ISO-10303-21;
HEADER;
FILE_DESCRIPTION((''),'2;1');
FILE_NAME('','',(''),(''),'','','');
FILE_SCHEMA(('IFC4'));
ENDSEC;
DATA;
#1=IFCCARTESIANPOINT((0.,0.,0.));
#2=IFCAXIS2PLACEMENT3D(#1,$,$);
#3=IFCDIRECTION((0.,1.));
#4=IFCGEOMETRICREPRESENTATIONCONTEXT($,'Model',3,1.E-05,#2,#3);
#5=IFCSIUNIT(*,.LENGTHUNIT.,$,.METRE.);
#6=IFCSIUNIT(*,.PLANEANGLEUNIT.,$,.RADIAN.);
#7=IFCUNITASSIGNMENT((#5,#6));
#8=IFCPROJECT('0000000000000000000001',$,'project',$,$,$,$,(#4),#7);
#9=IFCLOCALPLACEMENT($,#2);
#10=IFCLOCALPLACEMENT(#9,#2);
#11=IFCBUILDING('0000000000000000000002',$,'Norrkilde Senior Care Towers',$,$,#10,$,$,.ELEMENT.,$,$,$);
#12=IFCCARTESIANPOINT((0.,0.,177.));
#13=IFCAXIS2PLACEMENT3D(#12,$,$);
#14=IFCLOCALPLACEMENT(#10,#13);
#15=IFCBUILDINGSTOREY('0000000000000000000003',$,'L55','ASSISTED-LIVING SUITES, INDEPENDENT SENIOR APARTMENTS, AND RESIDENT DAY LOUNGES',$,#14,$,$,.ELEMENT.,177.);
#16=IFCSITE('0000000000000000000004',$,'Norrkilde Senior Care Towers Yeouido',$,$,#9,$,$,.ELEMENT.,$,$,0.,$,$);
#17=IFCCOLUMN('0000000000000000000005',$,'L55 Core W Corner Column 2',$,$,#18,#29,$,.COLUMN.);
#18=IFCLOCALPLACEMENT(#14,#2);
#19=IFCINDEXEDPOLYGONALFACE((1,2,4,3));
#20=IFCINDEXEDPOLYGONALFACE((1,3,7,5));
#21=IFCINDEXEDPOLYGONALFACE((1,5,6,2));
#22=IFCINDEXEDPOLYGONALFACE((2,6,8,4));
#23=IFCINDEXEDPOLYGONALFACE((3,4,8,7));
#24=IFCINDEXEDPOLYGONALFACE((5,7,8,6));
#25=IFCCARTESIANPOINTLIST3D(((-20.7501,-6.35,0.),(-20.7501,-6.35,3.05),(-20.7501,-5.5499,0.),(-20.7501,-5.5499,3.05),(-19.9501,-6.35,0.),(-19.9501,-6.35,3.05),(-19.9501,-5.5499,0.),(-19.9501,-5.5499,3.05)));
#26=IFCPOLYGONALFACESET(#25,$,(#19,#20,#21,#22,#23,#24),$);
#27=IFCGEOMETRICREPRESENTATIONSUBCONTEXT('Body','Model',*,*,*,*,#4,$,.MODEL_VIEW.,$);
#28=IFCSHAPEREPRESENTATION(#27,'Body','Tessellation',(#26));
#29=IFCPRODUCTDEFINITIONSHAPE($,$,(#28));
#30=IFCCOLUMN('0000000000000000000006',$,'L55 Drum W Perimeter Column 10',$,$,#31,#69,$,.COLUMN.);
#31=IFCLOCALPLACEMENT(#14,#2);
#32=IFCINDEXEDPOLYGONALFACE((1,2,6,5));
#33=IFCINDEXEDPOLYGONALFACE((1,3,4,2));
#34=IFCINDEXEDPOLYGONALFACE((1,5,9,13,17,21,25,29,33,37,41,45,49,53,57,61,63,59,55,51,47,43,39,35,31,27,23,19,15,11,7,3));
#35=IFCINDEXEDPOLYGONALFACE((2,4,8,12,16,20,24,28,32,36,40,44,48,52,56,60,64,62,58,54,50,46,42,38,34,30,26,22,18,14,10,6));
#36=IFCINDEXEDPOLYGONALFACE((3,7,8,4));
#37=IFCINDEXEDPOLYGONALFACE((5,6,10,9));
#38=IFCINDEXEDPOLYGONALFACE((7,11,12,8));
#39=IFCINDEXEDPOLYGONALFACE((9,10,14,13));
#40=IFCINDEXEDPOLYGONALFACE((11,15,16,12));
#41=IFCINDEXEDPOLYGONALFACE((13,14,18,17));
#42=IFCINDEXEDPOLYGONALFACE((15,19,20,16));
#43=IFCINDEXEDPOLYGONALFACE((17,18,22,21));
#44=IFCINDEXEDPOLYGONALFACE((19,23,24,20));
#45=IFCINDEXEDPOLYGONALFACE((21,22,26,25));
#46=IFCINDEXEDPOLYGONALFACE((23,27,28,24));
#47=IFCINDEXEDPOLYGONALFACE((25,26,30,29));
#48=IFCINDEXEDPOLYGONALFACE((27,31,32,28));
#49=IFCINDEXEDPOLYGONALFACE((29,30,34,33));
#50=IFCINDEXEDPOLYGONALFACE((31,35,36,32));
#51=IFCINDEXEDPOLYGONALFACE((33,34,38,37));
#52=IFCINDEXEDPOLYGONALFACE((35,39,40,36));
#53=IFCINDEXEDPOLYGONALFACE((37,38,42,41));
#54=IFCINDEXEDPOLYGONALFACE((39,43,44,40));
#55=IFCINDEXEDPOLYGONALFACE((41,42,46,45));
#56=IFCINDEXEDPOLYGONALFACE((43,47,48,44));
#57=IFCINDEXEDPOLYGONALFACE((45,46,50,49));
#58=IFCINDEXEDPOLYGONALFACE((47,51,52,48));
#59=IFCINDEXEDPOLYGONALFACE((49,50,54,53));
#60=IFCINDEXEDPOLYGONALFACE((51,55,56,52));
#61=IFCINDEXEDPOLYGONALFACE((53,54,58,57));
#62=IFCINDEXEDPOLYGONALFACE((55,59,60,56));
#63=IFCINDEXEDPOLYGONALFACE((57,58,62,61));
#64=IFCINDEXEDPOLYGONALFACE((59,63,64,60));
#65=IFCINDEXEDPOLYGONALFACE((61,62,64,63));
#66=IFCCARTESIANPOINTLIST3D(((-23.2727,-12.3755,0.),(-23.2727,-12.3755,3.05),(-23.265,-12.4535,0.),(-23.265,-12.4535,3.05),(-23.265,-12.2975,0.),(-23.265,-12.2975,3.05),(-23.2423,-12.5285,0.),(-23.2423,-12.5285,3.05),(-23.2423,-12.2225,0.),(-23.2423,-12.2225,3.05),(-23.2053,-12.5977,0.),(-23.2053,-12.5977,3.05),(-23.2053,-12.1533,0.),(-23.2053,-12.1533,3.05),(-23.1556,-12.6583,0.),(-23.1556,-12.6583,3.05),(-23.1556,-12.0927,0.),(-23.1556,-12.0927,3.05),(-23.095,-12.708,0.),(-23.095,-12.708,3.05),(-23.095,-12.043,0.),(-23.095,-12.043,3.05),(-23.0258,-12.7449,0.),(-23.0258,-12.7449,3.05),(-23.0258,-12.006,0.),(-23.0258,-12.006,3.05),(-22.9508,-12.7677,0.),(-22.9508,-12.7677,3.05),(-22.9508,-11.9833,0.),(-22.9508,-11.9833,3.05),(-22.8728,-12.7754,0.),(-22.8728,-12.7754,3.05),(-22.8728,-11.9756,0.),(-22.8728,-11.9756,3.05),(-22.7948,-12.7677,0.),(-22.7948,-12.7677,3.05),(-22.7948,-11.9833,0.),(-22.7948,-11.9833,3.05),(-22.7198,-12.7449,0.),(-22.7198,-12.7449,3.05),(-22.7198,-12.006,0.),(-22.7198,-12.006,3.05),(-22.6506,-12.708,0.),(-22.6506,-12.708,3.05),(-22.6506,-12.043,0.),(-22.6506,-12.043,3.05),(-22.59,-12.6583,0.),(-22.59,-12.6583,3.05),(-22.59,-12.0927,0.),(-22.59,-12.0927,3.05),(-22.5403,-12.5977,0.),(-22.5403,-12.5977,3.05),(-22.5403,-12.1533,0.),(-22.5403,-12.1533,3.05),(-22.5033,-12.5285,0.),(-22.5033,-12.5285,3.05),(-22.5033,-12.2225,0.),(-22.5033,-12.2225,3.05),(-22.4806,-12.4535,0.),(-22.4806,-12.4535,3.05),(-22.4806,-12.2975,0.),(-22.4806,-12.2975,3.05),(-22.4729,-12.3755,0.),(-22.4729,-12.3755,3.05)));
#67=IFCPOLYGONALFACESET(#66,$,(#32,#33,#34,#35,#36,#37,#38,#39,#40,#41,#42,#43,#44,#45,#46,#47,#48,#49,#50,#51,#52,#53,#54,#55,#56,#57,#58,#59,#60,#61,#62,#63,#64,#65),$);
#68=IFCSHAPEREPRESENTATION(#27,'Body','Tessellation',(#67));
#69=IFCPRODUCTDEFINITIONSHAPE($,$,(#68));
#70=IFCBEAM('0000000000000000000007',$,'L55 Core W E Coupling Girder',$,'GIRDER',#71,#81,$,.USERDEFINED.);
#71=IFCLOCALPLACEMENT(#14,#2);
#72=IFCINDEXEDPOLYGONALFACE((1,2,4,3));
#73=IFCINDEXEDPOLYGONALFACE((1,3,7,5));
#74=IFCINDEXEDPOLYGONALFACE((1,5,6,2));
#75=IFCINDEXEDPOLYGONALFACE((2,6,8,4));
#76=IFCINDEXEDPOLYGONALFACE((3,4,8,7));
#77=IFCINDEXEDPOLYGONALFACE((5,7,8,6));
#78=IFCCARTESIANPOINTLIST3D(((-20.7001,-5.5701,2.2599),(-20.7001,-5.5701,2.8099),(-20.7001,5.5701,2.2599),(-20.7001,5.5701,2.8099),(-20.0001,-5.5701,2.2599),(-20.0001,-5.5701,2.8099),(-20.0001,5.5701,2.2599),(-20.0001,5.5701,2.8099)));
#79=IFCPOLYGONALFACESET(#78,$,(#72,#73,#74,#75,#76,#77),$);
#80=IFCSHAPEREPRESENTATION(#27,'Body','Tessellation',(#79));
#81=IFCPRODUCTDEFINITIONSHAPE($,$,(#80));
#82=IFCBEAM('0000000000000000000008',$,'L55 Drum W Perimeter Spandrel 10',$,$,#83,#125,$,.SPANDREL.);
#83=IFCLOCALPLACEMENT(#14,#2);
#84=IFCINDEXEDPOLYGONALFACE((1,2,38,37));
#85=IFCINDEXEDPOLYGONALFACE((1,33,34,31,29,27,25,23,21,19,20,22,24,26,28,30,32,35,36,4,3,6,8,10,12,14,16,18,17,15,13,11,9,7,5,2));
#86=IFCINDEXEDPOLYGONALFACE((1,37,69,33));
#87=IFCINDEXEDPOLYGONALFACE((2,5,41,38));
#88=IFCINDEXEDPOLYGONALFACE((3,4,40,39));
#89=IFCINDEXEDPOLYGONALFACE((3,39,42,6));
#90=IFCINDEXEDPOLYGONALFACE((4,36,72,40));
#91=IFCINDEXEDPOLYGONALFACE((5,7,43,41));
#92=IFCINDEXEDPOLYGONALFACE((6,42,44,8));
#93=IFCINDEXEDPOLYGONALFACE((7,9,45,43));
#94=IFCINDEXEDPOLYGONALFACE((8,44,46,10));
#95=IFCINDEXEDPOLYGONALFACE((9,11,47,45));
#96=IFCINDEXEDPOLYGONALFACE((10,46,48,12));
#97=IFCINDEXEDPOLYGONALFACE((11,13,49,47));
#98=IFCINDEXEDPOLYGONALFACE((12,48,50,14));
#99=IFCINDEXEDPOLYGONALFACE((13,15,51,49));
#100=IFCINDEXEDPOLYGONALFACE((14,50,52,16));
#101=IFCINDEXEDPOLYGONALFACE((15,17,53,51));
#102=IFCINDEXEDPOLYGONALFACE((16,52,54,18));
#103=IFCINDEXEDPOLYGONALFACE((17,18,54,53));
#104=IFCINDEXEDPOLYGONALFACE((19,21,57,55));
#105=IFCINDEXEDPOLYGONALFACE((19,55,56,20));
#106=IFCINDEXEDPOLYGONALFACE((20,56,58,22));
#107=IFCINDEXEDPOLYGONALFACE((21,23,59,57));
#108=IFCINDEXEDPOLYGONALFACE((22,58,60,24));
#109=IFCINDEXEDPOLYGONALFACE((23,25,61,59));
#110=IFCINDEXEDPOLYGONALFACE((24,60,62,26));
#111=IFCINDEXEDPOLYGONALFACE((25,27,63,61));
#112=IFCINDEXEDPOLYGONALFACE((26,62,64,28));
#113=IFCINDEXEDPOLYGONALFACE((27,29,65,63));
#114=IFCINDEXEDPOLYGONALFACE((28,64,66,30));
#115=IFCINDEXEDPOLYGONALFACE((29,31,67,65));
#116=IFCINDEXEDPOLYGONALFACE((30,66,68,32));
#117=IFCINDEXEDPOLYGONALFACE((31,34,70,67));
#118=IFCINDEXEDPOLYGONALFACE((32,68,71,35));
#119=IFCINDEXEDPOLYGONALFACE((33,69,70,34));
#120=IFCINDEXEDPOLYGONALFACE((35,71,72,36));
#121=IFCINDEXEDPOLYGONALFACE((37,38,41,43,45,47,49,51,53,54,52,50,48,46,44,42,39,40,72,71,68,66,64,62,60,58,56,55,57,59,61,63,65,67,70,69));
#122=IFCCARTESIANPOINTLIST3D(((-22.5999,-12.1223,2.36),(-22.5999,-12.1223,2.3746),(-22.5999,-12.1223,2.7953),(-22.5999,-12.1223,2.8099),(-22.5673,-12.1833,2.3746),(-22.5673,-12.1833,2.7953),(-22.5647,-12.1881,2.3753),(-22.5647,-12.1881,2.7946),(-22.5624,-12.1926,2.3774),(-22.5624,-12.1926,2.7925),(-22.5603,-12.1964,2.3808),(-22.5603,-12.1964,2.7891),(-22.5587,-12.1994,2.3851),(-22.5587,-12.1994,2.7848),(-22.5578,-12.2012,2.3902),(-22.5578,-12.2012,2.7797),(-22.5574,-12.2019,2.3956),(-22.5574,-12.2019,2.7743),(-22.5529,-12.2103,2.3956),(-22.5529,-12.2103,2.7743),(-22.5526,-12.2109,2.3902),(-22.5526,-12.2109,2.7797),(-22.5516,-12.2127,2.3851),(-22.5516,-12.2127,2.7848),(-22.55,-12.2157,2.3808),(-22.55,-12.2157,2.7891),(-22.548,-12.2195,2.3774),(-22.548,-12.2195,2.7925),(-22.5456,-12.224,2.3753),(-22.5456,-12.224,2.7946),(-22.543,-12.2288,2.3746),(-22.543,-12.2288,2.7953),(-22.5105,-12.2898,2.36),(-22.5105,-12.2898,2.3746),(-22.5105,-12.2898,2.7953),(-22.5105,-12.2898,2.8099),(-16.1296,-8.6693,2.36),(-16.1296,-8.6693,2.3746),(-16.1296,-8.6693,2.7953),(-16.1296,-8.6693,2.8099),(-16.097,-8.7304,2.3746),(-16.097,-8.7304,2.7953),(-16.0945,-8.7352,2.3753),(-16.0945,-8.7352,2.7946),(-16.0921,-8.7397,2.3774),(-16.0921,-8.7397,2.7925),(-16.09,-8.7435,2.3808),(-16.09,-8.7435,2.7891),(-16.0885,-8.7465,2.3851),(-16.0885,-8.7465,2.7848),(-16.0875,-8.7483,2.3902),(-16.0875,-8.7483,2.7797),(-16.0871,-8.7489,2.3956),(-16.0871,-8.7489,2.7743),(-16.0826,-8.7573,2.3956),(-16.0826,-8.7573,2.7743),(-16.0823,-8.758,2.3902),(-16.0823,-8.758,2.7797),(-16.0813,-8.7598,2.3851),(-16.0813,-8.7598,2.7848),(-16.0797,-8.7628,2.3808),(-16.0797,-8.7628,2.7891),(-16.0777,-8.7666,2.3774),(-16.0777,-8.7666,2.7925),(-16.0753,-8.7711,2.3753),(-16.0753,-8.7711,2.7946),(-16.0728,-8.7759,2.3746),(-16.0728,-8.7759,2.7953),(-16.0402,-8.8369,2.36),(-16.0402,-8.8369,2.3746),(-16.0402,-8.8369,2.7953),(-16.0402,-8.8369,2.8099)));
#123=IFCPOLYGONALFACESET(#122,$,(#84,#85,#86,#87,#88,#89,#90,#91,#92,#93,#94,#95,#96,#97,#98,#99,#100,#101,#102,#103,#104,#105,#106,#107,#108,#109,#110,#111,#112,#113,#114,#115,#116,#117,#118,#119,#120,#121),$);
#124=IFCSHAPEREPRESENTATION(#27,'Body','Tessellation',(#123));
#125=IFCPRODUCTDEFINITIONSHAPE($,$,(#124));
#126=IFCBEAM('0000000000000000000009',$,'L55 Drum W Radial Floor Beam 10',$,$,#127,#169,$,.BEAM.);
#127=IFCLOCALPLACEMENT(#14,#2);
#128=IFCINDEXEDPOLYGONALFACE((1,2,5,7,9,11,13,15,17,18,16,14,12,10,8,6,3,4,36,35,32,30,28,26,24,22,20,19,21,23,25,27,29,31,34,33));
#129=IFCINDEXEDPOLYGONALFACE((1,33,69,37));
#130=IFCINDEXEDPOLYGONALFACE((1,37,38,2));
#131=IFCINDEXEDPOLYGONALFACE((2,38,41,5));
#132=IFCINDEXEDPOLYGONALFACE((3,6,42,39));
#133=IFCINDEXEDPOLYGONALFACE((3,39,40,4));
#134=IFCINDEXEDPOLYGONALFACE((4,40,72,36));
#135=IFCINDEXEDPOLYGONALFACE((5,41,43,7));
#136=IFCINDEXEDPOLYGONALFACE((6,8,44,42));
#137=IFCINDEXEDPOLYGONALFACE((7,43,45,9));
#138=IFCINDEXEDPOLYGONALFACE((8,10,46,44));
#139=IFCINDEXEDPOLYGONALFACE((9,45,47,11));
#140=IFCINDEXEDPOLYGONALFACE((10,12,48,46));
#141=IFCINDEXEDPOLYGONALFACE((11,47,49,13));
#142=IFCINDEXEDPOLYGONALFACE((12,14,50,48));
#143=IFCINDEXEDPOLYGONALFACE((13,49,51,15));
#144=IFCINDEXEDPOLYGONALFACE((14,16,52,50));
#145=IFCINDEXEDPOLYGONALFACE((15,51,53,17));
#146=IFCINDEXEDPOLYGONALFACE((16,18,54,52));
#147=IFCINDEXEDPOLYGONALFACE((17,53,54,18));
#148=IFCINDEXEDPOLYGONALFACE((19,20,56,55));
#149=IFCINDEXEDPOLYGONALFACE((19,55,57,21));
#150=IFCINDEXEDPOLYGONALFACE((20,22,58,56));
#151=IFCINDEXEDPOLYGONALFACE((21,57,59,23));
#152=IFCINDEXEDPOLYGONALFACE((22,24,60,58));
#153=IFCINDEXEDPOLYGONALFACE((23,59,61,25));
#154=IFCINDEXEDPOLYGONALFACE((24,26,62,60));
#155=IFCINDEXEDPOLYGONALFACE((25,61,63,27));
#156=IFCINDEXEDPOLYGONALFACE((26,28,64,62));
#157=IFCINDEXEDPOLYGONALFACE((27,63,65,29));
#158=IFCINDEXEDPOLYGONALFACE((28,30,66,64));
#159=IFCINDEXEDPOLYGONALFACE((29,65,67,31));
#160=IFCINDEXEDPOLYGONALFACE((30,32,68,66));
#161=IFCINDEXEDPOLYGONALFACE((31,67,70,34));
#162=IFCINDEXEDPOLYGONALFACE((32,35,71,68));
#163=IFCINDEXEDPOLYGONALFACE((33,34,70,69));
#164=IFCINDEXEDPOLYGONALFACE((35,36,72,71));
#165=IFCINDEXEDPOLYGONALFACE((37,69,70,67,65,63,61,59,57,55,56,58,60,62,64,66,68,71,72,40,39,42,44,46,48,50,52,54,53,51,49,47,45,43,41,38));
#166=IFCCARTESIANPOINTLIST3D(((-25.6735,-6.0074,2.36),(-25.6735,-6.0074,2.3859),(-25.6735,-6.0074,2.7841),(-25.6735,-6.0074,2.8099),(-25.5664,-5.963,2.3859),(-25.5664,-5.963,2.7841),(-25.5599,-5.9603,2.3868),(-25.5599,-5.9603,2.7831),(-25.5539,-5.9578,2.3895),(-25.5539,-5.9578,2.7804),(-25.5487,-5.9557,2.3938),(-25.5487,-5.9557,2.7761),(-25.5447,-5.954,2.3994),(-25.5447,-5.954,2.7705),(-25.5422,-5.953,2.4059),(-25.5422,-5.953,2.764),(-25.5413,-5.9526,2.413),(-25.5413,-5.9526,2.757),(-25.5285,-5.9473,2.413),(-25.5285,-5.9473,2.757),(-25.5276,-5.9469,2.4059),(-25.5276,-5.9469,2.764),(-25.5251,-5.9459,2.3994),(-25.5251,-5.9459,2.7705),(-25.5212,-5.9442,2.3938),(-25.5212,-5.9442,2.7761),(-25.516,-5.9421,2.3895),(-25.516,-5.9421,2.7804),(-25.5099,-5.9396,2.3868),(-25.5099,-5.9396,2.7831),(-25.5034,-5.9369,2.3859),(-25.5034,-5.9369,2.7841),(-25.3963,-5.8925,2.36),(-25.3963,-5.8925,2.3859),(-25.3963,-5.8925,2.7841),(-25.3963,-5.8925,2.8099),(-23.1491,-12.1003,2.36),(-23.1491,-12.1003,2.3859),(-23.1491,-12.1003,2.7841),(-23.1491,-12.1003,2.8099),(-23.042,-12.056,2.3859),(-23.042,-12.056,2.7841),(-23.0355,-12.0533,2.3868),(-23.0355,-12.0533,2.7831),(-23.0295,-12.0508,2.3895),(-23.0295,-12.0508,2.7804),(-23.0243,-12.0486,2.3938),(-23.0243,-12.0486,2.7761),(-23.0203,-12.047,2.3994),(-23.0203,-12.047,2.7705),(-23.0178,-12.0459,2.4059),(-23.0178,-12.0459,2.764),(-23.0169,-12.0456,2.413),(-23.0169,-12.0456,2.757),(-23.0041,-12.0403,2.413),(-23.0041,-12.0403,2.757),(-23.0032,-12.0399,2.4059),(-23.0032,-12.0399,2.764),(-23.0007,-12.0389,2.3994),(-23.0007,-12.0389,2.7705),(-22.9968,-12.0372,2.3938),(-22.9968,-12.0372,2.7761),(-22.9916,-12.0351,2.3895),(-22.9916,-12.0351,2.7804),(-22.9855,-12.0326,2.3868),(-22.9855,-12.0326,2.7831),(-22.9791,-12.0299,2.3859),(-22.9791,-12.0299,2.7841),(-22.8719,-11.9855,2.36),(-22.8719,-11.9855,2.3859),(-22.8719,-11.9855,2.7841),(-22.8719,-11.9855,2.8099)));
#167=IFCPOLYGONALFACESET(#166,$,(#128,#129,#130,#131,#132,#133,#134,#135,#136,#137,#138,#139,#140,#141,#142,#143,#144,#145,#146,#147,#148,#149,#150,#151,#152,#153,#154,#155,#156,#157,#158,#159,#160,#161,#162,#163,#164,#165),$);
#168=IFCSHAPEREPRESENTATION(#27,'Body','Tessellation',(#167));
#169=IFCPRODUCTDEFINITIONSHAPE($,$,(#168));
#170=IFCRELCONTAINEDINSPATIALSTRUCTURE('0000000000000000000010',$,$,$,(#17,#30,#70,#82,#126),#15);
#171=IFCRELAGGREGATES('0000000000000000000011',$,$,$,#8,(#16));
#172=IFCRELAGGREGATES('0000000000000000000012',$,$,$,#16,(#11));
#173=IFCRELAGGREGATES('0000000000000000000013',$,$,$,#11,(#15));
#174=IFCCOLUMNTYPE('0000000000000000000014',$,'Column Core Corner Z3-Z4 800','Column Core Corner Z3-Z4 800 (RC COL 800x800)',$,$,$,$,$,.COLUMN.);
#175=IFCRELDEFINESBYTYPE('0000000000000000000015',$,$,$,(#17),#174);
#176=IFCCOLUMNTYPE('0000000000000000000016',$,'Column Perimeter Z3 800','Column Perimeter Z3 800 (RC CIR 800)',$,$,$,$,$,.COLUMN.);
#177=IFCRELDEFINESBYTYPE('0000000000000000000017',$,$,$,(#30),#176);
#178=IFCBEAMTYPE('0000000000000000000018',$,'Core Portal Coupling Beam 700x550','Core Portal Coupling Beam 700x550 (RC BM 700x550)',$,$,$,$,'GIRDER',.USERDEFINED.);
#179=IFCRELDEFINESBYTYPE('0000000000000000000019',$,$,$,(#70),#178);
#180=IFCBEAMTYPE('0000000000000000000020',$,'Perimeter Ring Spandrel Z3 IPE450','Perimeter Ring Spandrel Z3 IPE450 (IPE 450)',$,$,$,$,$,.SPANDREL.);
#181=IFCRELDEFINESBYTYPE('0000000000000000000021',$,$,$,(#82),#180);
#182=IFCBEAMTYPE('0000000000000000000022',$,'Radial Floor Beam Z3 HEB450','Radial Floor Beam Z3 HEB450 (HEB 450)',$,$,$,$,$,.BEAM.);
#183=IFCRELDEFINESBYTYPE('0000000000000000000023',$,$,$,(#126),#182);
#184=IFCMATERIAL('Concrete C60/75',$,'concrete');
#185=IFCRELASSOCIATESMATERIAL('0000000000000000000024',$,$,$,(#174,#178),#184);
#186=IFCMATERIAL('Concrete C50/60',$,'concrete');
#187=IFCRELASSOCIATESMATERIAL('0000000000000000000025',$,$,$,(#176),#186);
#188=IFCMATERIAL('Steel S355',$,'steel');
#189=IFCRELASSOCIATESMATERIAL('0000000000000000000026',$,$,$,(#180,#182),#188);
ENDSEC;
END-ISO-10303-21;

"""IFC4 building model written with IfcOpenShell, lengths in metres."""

from ifc_helpers import new_model, si_unit, direction, frame, origin, origin_2d, place, context, subcontext, project, spatial, rectangle, circle, i_section, extrude, source, transform, mapped, material, material_profile, profile_set, type_object, type_shapes, element, save


model = new_model("IFC4")

# Units and contexts
model_context = context("Model", 3, precision=1e-05, world=origin(), true_north=direction((0.0, 1.0)))
body_context = subcontext(model_context, "Body", "Model", "MODEL_VIEW")
ifc_project = project(units=[si_unit("LENGTHUNIT", "METRE"), si_unit("PLANEANGLEUNIT", "RADIAN")], contexts=[model_context])

# Site, building, storey
site_placement = place(None, origin())
site = spatial("IfcSite", under=ifc_project, at=site_placement, Name="Norrkilde Senior Care Towers Yeouido", CompositionType="ELEMENT", RefElevation=0.0)
building_placement = place(site_placement, origin())
building = spatial("IfcBuilding", under=site, at=building_placement, Name="Norrkilde Senior Care Towers", CompositionType="ELEMENT")
storey_placement = place(building_placement, frame((0.0, 0.0, 177.0)))
storey = spatial("IfcBuildingStorey", under=building, at=storey_placement, Name="L55", Description="ASSISTED-LIVING SUITES, INDEPENDENT SENIOR APARTMENTS, AND RESIDENT DAY LOUNGES", CompositionType="ELEMENT", Elevation=177.0)

# Columns
ifc_material_1 = material(Name="Concrete C60/75", Category="concrete")
ifc_material_profile_1 = material_profile(ifc_material_1, rectangle(XDim=0.8, YDim=0.8, at=origin_2d()), Name="RC COL 800x800")
ifc_profile_set_1 = profile_set([ifc_material_profile_1], Name="Concrete C60/75")
column_type_1 = type_object("IfcColumnType", Name="Column Core Corner Z3-Z4 800", Description="Column Core Corner Z3-Z4 800 (RC COL 800x800)", PredefinedType="COLUMN", material=ifc_profile_set_1)
shared_shape_1 = source(origin(), body_context, "Body", "SweptSolid", [
    extrude(rectangle(XDim=0.8, YDim=0.8, at=origin_2d()), origin(), (0.0, 0.0, 1.0), 3.05),
])
type_shapes(column_type_1, [shared_shape_1])
column_1_placement = place(storey_placement, frame((-20.3501, -5.95, 0.0), z_axis=(0.0, 0.0, 1.0), x_axis=(1.0, 0.0, 0.0)))
element("IfcColumn", 1, at=column_1_placement, inside=storey, type_object=column_type_1, Name="L55 Core W Corner Column 2", PredefinedType="COLUMN", context=body_context, shape_type="MappedRepresentation", body=[
    mapped(shared_shape_1, transform((0.0, 0.0, 0.0), x_axis=(1.0, 0.0, 0.0), y_axis=(0.0, 1.0, 0.0), z_axis=(0.0, 0.0, 1.0), scale=1.0)),
])
ifc_material_2 = material(Name="Concrete C50/60", Category="concrete")
ifc_material_profile_2 = material_profile(ifc_material_2, circle(Radius=0.3999, at=origin_2d()), Name="RC CIR 800")
ifc_profile_set_2 = profile_set([ifc_material_profile_2], Name="Concrete C50/60")
column_type_2 = type_object("IfcColumnType", Name="Column Perimeter Z3 800", Description="Column Perimeter Z3 800 (RC CIR 800)", PredefinedType="COLUMN", material=ifc_profile_set_2)
shared_shape_2 = source(origin(), body_context, "Body", "SweptSolid", [
    extrude(circle(Radius=0.3999, at=origin_2d()), origin(), (0.0, 0.0, 1.0), 3.05),
])
type_shapes(column_type_2, [shared_shape_2])
column_2_placement = place(storey_placement, frame((-22.8728, -12.3755, 0.0), z_axis=(0.0, 0.0, 1.0), x_axis=(1.0, 0.0, 0.0)))
element("IfcColumn", 2, at=column_2_placement, inside=storey, type_object=column_type_2, Name="L55 Drum W Perimeter Column 10", PredefinedType="COLUMN", context=body_context, shape_type="MappedRepresentation", body=[
    mapped(shared_shape_2, transform((0.0, 0.0, 0.0), x_axis=(1.0, 0.0, 0.0), y_axis=(0.0, 1.0, 0.0), z_axis=(0.0, 0.0, 1.0), scale=1.0)),
])

# Beams
ifc_material_profile_3 = material_profile(ifc_material_1, rectangle(XDim=0.7, YDim=0.55, at=origin_2d()), Name="RC BM 700x550")
ifc_profile_set_3 = profile_set([ifc_material_profile_3], Name="Concrete C60/75")
beam_type_1 = type_object("IfcBeamType", Name="Core Portal Coupling Beam 700x550", Description="Core Portal Coupling Beam 700x550 (RC BM 700x550)", ElementType="GIRDER", PredefinedType="USERDEFINED", material=ifc_profile_set_3)
shared_shape_3 = source(origin(), body_context, "Body", "SweptSolid", [
    extrude(rectangle(XDim=0.7, YDim=0.55, at=origin_2d()), origin(), (0.0, 0.0, 1.0), 11.1401),
])
type_shapes(beam_type_1, [shared_shape_3])
beam_1_placement = place(storey_placement, frame((-20.3501, -5.5701, 2.5349), z_axis=(0.0, 1.0, 0.0), x_axis=(-1.0, 0.0, 0.0)))
element("IfcBeam", 3, at=beam_1_placement, inside=storey, type_object=beam_type_1, Name="L55 Core W E Coupling Girder", ObjectType="GIRDER", PredefinedType="USERDEFINED", context=body_context, shape_type="MappedRepresentation", body=[
    mapped(shared_shape_3, transform((0.0, 0.0, 0.0), x_axis=(1.0, 0.0, 0.0), y_axis=(0.0, 1.0, 0.0), z_axis=(0.0, 0.0, 1.0), scale=1.0)),
])
ifc_material_3 = material(Name="Steel S355", Category="steel")
ifc_material_profile_4 = material_profile(ifc_material_3, i_section(OverallWidth=0.1899, OverallDepth=0.45, WebThickness=0.0095, FlangeThickness=0.0146, FilletRadius=0.021, at=origin_2d()), Name="IPE 450")
ifc_profile_set_4 = profile_set([ifc_material_profile_4], Name="Steel S355")
beam_type_2 = type_object("IfcBeamType", Name="Perimeter Ring Spandrel Z3 IPE450", Description="Perimeter Ring Spandrel Z3 IPE450 (IPE 450)", PredefinedType="SPANDREL", material=ifc_profile_set_4)
shared_shape_4 = source(origin(), body_context, "Body", "SweptSolid", [
    extrude(i_section(OverallWidth=0.1899, OverallDepth=0.45, WebThickness=0.0095, FlangeThickness=0.0146, FilletRadius=0.021, at=origin_2d()), origin(), (0.0, 0.0, 1.0), 7.334),
])
type_shapes(beam_type_2, [shared_shape_4])
beam_2_placement = place(storey_placement, frame((-22.5552, -12.2061, 2.585), z_axis=(0.882234, 0.470811, 0.0), x_axis=(-0.470811, 0.882234, 0.0)))
element("IfcBeam", 4, at=beam_2_placement, inside=storey, type_object=beam_type_2, Name="L55 Drum W Perimeter Spandrel 10", PredefinedType="SPANDREL", context=body_context, shape_type="MappedRepresentation", body=[
    mapped(shared_shape_4, transform((0.0, 0.0, 0.0), x_axis=(1.0, 0.0, 0.0), y_axis=(0.0, 1.0, 0.0), z_axis=(0.0, 0.0, 1.0), scale=1.0)),
])
ifc_material_profile_5 = material_profile(ifc_material_3, i_section(OverallWidth=0.3, OverallDepth=0.45, WebThickness=0.0139, FlangeThickness=0.0259, FilletRadius=0.0271, at=origin_2d()), Name="HEB 450")
ifc_profile_set_5 = profile_set([ifc_material_profile_5], Name="Steel S355")
beam_type_3 = type_object("IfcBeamType", Name="Radial Floor Beam Z3 HEB450", Description="Radial Floor Beam Z3 HEB450 (HEB 450)", PredefinedType="BEAM", material=ifc_profile_set_5)
shared_shape_5 = source(origin(), body_context, "Body", "SweptSolid", [
    extrude(i_section(OverallWidth=0.3, OverallDepth=0.45, WebThickness=0.0139, FlangeThickness=0.0259, FilletRadius=0.0271, at=origin_2d()), origin(), (0.0, 0.0, 1.0), 6.5952),
])
beam_3_placement = place(storey_placement, frame((-25.5349, -5.95, 2.585), z_axis=(0.382762, -0.923847, 0.0), x_axis=(0.923847, 0.382762, 0.0)))
element("IfcBeam", 5, at=beam_3_placement, inside=storey, type_object=beam_type_3, Name="L55 Drum W Radial Floor Beam 10", PredefinedType="BEAM", context=body_context, shape_type="MappedRepresentation", body=[
    mapped(shared_shape_5, transform((0.0, 0.0, 0.0), x_axis=(1.0, 0.0, 0.0), y_axis=(0.0, 1.0, 0.0), z_axis=(0.0, 0.0, 1.0), scale=1.0)),
])

save(model, "model.ifc")
